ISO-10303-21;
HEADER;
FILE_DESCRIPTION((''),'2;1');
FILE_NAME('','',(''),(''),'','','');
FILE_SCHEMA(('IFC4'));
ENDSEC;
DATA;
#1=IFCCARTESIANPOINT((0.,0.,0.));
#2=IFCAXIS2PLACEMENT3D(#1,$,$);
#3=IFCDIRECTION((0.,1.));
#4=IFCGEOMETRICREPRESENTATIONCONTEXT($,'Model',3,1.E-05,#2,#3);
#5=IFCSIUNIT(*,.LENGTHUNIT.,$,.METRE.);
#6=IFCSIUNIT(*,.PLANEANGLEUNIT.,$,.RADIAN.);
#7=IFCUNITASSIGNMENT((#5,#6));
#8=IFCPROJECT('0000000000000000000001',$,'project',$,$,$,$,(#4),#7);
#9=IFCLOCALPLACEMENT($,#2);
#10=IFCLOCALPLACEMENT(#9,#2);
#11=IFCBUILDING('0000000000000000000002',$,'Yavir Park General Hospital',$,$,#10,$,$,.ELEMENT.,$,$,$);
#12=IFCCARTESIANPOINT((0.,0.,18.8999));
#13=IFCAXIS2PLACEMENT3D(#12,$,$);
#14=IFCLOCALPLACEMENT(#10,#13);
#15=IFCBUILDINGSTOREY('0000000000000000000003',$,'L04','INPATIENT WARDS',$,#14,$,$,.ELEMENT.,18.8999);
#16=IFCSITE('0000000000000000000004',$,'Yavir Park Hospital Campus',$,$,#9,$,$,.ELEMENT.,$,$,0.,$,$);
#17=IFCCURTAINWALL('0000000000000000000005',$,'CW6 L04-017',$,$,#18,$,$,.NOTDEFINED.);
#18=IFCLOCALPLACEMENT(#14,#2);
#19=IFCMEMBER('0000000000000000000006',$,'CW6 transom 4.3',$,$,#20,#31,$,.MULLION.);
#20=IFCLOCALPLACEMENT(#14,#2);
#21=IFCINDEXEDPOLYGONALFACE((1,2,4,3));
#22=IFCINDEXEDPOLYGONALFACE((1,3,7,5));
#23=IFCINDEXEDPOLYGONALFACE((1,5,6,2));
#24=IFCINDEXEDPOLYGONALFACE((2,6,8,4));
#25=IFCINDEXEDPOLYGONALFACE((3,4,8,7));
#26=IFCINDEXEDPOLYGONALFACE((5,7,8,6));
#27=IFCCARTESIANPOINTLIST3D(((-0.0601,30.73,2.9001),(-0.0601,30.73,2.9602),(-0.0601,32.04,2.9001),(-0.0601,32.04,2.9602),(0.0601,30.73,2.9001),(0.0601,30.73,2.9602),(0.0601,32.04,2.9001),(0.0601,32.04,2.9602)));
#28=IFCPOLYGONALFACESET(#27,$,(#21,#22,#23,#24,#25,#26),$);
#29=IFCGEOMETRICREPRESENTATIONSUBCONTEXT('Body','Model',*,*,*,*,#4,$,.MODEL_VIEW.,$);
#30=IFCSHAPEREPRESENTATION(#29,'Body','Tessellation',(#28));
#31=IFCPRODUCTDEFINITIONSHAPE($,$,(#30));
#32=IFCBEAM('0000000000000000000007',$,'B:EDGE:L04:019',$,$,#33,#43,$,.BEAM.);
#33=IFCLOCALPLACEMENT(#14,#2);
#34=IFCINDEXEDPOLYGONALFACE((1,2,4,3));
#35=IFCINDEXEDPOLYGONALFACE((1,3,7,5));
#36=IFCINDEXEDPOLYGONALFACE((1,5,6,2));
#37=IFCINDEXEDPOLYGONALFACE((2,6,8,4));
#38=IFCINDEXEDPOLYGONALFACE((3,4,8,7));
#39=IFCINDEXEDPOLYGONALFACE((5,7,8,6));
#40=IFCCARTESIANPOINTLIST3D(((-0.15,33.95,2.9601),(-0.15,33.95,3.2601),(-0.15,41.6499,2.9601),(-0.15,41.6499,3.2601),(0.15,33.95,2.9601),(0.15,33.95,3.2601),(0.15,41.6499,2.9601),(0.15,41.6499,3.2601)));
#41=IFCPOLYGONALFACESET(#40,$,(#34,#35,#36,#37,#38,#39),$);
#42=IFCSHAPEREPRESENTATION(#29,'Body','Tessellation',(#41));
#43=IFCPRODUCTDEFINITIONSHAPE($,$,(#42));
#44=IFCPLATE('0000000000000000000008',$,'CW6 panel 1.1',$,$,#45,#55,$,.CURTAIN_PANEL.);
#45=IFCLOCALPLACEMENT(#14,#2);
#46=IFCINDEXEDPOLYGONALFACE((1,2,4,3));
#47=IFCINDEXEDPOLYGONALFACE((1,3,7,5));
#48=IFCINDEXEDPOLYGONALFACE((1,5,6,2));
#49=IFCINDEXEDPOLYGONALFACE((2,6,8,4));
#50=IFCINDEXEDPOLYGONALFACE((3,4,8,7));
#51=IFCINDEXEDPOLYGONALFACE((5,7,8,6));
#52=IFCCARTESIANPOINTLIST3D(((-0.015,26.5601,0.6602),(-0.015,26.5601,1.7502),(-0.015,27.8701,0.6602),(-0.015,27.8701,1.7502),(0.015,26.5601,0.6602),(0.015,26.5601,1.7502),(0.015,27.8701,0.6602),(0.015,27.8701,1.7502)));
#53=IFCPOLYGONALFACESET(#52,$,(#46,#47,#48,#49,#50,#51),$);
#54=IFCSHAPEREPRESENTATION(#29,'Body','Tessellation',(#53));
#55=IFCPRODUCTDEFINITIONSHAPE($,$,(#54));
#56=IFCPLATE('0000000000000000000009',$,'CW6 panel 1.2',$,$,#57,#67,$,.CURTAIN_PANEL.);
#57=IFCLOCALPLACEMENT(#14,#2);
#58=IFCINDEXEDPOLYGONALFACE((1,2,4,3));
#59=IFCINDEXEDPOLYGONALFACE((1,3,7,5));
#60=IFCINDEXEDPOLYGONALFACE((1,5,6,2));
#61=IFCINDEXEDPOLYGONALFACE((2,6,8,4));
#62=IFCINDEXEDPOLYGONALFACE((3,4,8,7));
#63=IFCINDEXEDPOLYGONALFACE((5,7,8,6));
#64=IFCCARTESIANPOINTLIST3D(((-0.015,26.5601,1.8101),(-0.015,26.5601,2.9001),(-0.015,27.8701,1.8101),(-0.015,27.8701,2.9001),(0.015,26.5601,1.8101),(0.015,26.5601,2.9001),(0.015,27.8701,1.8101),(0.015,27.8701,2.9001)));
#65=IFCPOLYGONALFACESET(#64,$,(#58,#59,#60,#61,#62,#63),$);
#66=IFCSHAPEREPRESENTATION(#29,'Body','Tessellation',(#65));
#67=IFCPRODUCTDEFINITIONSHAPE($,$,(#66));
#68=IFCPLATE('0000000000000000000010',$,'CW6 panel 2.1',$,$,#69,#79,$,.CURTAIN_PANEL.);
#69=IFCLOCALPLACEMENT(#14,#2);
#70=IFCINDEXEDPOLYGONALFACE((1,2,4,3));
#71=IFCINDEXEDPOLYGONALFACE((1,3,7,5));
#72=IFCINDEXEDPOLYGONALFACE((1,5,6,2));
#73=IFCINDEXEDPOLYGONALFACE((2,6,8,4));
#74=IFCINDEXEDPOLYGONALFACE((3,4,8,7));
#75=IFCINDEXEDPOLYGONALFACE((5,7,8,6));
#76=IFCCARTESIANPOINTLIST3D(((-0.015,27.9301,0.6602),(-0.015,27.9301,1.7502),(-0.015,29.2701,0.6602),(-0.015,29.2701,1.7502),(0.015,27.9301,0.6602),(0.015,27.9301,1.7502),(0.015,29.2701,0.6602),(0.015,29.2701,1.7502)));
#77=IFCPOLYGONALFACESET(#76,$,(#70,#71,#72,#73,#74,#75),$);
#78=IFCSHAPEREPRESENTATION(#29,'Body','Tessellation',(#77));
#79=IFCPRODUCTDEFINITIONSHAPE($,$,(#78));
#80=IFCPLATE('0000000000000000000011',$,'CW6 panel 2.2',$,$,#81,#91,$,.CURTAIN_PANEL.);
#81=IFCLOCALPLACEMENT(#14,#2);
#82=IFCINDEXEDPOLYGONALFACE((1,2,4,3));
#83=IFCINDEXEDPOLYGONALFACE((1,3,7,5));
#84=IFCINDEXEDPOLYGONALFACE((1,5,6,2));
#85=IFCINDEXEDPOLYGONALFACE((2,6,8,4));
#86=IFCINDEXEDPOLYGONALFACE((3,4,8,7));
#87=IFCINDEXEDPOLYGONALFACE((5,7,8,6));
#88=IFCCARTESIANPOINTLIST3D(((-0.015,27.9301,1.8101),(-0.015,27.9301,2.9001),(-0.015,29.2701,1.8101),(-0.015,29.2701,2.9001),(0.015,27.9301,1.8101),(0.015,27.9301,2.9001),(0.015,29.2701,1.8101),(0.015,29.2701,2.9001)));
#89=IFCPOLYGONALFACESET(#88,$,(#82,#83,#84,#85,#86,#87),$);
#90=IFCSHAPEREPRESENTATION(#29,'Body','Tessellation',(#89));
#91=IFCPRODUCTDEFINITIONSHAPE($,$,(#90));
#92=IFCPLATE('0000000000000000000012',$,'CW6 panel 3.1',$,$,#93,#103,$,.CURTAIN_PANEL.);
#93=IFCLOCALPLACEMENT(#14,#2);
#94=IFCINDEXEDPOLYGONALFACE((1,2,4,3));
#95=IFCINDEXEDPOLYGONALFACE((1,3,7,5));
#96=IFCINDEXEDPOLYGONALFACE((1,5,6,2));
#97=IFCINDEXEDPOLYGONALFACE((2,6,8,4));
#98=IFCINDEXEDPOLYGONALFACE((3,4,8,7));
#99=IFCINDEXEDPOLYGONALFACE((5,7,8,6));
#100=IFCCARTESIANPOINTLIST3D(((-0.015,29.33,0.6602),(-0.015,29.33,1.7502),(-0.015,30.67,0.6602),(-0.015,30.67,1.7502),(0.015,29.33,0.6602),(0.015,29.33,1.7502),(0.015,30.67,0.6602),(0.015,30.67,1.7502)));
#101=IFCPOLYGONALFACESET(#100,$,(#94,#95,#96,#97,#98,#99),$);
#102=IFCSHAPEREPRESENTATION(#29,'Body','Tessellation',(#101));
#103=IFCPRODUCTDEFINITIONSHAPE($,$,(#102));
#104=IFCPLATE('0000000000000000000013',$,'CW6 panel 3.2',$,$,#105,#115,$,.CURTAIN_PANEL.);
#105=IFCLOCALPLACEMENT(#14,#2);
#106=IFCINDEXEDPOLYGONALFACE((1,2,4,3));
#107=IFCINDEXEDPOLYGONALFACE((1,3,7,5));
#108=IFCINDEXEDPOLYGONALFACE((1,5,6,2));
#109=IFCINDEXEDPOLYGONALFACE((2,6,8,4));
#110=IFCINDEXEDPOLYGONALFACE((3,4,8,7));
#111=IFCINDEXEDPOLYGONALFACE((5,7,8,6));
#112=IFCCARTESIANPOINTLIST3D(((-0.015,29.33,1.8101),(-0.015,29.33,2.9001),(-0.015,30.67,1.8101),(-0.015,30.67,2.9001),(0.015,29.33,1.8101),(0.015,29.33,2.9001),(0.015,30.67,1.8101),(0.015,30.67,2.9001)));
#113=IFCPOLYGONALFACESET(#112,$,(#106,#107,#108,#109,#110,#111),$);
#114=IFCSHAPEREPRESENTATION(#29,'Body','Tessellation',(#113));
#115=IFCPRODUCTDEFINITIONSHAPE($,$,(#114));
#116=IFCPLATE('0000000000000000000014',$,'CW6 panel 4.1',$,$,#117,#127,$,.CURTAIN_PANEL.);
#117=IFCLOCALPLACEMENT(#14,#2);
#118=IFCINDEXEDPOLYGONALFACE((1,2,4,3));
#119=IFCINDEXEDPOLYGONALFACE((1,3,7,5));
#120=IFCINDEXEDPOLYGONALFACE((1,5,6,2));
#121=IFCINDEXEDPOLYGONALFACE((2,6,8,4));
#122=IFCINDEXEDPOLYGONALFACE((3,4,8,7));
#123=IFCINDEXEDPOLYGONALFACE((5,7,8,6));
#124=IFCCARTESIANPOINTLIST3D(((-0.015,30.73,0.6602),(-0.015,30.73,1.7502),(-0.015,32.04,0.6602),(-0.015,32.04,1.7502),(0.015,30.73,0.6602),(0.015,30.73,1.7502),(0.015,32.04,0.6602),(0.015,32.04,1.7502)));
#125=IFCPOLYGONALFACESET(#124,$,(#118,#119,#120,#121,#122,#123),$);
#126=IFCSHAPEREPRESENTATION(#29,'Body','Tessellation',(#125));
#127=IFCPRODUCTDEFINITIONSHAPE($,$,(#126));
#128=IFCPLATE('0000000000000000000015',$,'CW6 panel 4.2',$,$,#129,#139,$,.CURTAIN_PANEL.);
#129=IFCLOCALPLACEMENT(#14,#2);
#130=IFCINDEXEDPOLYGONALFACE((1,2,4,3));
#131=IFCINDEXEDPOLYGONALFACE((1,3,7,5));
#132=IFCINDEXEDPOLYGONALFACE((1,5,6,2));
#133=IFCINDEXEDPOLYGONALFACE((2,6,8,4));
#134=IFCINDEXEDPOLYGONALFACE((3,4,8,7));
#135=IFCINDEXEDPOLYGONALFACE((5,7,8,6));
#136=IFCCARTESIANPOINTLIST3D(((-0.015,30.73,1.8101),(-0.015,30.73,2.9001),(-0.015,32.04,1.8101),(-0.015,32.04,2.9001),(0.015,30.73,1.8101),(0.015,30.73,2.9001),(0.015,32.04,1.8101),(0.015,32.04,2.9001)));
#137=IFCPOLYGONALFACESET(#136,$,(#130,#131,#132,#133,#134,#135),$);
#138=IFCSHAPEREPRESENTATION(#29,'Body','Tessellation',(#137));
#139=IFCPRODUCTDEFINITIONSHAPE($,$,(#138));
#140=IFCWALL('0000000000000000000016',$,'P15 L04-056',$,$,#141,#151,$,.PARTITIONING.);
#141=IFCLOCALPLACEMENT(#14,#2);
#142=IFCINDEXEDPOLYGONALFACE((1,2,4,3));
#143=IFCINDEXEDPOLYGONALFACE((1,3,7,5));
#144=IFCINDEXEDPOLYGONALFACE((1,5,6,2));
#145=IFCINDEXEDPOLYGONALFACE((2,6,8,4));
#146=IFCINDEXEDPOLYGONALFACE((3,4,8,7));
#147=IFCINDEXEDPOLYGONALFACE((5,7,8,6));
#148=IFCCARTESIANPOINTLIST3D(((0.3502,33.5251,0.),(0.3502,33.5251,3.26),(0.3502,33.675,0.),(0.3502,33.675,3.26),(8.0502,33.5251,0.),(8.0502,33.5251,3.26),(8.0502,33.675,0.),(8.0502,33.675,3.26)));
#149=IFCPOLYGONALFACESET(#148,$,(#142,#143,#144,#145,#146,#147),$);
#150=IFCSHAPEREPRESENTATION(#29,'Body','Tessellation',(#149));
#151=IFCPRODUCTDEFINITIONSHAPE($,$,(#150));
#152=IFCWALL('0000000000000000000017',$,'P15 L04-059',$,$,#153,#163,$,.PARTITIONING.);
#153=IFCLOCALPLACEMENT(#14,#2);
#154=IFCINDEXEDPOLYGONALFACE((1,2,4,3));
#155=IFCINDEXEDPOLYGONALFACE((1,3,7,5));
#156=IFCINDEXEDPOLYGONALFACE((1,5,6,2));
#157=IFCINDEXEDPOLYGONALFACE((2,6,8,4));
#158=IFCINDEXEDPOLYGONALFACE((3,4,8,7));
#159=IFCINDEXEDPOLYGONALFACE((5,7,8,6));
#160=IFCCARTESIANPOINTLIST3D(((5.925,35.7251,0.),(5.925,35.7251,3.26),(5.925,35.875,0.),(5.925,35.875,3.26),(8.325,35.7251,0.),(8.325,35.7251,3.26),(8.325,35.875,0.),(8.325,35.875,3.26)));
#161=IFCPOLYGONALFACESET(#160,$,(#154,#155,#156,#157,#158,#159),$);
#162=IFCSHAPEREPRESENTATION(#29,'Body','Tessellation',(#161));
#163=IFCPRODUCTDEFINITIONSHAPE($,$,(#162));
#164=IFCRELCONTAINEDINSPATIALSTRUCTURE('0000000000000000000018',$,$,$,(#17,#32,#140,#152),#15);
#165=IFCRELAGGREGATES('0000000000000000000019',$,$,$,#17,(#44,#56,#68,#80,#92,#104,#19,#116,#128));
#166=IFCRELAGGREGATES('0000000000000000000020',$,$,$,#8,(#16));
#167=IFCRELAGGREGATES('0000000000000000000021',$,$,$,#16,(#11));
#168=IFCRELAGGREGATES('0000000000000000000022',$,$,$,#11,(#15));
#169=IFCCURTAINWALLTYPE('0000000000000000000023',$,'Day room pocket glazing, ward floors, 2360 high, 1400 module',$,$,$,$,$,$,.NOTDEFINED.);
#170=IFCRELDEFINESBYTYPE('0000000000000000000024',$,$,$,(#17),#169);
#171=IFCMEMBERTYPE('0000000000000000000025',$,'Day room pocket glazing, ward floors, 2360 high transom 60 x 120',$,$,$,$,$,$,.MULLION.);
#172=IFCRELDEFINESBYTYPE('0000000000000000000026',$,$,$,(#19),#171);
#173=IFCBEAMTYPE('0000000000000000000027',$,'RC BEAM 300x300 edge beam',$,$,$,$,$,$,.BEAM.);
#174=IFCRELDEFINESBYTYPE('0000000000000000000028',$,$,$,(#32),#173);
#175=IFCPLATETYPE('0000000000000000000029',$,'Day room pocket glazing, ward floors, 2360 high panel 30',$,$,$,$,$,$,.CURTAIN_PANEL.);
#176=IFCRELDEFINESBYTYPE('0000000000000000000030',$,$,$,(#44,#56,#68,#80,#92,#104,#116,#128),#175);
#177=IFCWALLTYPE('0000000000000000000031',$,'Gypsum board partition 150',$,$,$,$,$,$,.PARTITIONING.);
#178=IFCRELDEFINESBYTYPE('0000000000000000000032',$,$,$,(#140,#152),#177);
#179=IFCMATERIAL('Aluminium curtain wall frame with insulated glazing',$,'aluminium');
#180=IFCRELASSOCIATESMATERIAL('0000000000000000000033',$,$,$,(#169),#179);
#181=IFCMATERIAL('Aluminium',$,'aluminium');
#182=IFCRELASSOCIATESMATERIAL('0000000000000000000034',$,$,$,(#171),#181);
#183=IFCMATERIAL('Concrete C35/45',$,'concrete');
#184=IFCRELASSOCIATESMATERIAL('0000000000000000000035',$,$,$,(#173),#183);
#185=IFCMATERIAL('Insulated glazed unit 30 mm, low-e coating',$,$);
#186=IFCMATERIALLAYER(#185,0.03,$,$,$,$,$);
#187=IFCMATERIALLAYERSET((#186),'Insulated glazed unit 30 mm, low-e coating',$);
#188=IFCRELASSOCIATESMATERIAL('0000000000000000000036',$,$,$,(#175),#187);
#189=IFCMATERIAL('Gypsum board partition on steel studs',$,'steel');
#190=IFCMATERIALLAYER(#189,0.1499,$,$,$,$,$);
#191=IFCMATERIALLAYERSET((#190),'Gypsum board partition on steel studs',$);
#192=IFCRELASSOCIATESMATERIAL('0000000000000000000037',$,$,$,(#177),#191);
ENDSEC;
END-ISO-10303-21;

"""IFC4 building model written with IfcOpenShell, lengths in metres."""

from ifc_helpers import new_model, si_unit, direction, frame, frame_2d, origin, origin_2d, place, context, subcontext, project, spatial, rectangle, extrude, material, layer, layer_set, material_profile, profile_set, type_object, element, aggregate, save


model = new_model("IFC4")

# Units and contexts
model_context = context("Model", 3, precision=1e-05, world=origin(), true_north=direction((0.0, 1.0)))
body_context = subcontext(model_context, "Body", "Model", "MODEL_VIEW")
ifc_project = project(units=[si_unit("LENGTHUNIT", "METRE"), si_unit("PLANEANGLEUNIT", "RADIAN")], contexts=[model_context])

# Site, building, storey
site_placement = place(None, origin())
site = spatial("IfcSite", under=ifc_project, at=site_placement, Name="Yavir Park Hospital Campus", CompositionType="ELEMENT", RefElevation=0.0)
building_placement = place(site_placement, origin())
building = spatial("IfcBuilding", under=site, at=building_placement, Name="Yavir Park General Hospital", CompositionType="ELEMENT")
storey_placement = place(building_placement, frame((0.0, 0.0, 18.8999)))
storey = spatial("IfcBuildingStorey", under=building, at=storey_placement, Name="L04", Description="INPATIENT WARDS", CompositionType="ELEMENT", Elevation=18.8999)

# Curtain wall, member
ifc_material_1 = material(Name="Aluminium curtain wall frame with insulated glazing", Category="aluminium")
curtain_wall_type = type_object("IfcCurtainWallType", Name="Day room pocket glazing, ward floors, 2360 high, 1400 module", PredefinedType="NOTDEFINED", material=ifc_material_1)
curtain_wall_placement = place(storey_placement, origin())
curtain_wall = element("IfcCurtainWall", 1, at=curtain_wall_placement, inside=storey, type_object=curtain_wall_type, Name="CW6 L04-017", PredefinedType="NOTDEFINED")
ifc_material_2 = material(Name="Aluminium", Category="aluminium")
ifc_material_profile_1 = material_profile(ifc_material_2, rectangle(XDim=0.1201, YDim=0.0601, at=origin_2d()), Name="AL 120x60")
ifc_profile_set_1 = profile_set([ifc_material_profile_1], Name="Aluminium")
member_type_1 = type_object("IfcMemberType", Name="Day room pocket glazing, ward floors, 2360 high transom 60 x 120", PredefinedType="MULLION", material=ifc_profile_set_1)
member_1_placement = place(storey_placement, frame((0.0, 30.73, 2.9302), z_axis=(0.0, 1.0, 0.0), x_axis=(-1.0, 0.0, 0.0)))
member_1 = element("IfcMember", 2, at=member_1_placement, type_object=member_type_1, Name="CW6 transom 4.3", PredefinedType="MULLION", context=body_context, shape_type="SweptSolid", body=[
    extrude(rectangle(XDim=0.1201, YDim=0.0601, at=origin_2d()), origin(), (0.0, 0.0, 1.0), 1.3101),
])

# Beam
ifc_material_3 = material(Name="Concrete C35/45", Category="concrete")
ifc_material_profile_2 = material_profile(ifc_material_3, rectangle(XDim=0.3, YDim=0.3, at=origin_2d()), Name="RC300x300")
ifc_profile_set_2 = profile_set([ifc_material_profile_2], Name="Concrete C35/45")
beam_type = type_object("IfcBeamType", Name="RC BEAM 300x300 edge beam", PredefinedType="BEAM", material=ifc_profile_set_2)
beam_placement = place(storey_placement, frame((0.0, 33.95, 3.1101), z_axis=(0.0, 1.0, 0.0), x_axis=(-1.0, 0.0, 0.0)))
element("IfcBeam", 3, at=beam_placement, inside=storey, type_object=beam_type, Name="B:EDGE:L04:019", PredefinedType="BEAM", context=body_context, shape_type="SweptSolid", body=[
    extrude(rectangle(XDim=0.3, YDim=0.3, at=origin_2d()), origin(), (0.0, 0.0, 1.0), 7.7),
])

# Plates
ifc_material_4 = material(Name="Insulated glazed unit 30 mm, low-e coating")
ifc_layer_1 = layer(ifc_material_4, 0.03)
ifc_layer_set_1 = layer_set([ifc_layer_1], Name="Insulated glazed unit 30 mm, low-e coating")
plate_type = type_object("IfcPlateType", Name="Day room pocket glazing, ward floors, 2360 high panel 30", PredefinedType="CURTAIN_PANEL", material=ifc_layer_set_1)
plate_1_placement = place(storey_placement, frame((0.0, 27.2151, 0.6602), z_axis=(0.0, 0.0, 1.0), x_axis=(0.0, 1.0, 0.0)))
plate_1 = element("IfcPlate", 4, at=plate_1_placement, type_object=plate_type, Name="CW6 panel 1.1", PredefinedType="CURTAIN_PANEL", context=body_context, shape_type="SweptSolid", body=[
    extrude(rectangle(XDim=1.3101, YDim=0.03, at=origin_2d()), origin(), (0.0, 0.0, 1.0), 1.0901),
])
plate_2_placement = place(storey_placement, frame((0.0, 27.2151, 1.8101), z_axis=(0.0, 0.0, 1.0), x_axis=(0.0, 1.0, 0.0)))
plate_2 = element("IfcPlate", 5, at=plate_2_placement, type_object=plate_type, Name="CW6 panel 1.2", PredefinedType="CURTAIN_PANEL", context=body_context, shape_type="SweptSolid", body=[
    extrude(rectangle(XDim=1.3101, YDim=0.03, at=origin_2d()), origin(), (0.0, 0.0, 1.0), 1.0901),
])
plate_3_placement = place(storey_placement, frame((0.0, 28.6001, 0.6602), z_axis=(0.0, 0.0, 1.0), x_axis=(0.0, 1.0, 0.0)))
plate_3 = element("IfcPlate", 6, at=plate_3_placement, type_object=plate_type, Name="CW6 panel 2.1", PredefinedType="CURTAIN_PANEL", context=body_context, shape_type="SweptSolid", body=[
    extrude(rectangle(XDim=1.3401, YDim=0.03, at=origin_2d()), origin(), (0.0, 0.0, 1.0), 1.0901),
])
plate_4_placement = place(storey_placement, frame((0.0, 28.6001, 1.8101), z_axis=(0.0, 0.0, 1.0), x_axis=(0.0, 1.0, 0.0)))
plate_4 = element("IfcPlate", 7, at=plate_4_placement, type_object=plate_type, Name="CW6 panel 2.2", PredefinedType="CURTAIN_PANEL", context=body_context, shape_type="SweptSolid", body=[
    extrude(rectangle(XDim=1.3401, YDim=0.03, at=origin_2d()), origin(), (0.0, 0.0, 1.0), 1.0901),
])
plate_5_placement = place(storey_placement, frame((0.0, 30.0, 0.6602), z_axis=(0.0, 0.0, 1.0), x_axis=(0.0, 1.0, 0.0)))
plate_5 = element("IfcPlate", 8, at=plate_5_placement, type_object=plate_type, Name="CW6 panel 3.1", PredefinedType="CURTAIN_PANEL", context=body_context, shape_type="SweptSolid", body=[
    extrude(rectangle(XDim=1.3401, YDim=0.03, at=origin_2d()), origin(), (0.0, 0.0, 1.0), 1.0901),
])
plate_6_placement = place(storey_placement, frame((0.0, 30.0, 1.8101), z_axis=(0.0, 0.0, 1.0), x_axis=(0.0, 1.0, 0.0)))
plate_6 = element("IfcPlate", 9, at=plate_6_placement, type_object=plate_type, Name="CW6 panel 3.2", PredefinedType="CURTAIN_PANEL", context=body_context, shape_type="SweptSolid", body=[
    extrude(rectangle(XDim=1.3401, YDim=0.03, at=origin_2d()), origin(), (0.0, 0.0, 1.0), 1.0901),
])
plate_7_placement = place(storey_placement, frame((0.0, 31.385, 0.6602), z_axis=(0.0, 0.0, 1.0), x_axis=(0.0, 1.0, 0.0)))
plate_7 = element("IfcPlate", 10, at=plate_7_placement, type_object=plate_type, Name="CW6 panel 4.1", PredefinedType="CURTAIN_PANEL", context=body_context, shape_type="SweptSolid", body=[
    extrude(rectangle(XDim=1.3101, YDim=0.03, at=origin_2d()), origin(), (0.0, 0.0, 1.0), 1.0901),
])
plate_8_placement = place(storey_placement, frame((0.0, 31.385, 1.8101), z_axis=(0.0, 0.0, 1.0), x_axis=(0.0, 1.0, 0.0)))
plate_8 = element("IfcPlate", 11, at=plate_8_placement, type_object=plate_type, Name="CW6 panel 4.2", PredefinedType="CURTAIN_PANEL", context=body_context, shape_type="SweptSolid", body=[
    extrude(rectangle(XDim=1.3101, YDim=0.03, at=origin_2d()), origin(), (0.0, 0.0, 1.0), 1.0901),
])
aggregate(curtain_wall, [plate_1, plate_2, plate_3, plate_4, plate_5, plate_6, member_1, plate_7, plate_8])

# Walls
ifc_material_5 = material(Name="Gypsum board partition on steel studs", Category="steel")
ifc_layer_2 = layer(ifc_material_5, 0.1499)
ifc_layer_set_2 = layer_set([ifc_layer_2], Name="Gypsum board partition on steel studs")
wall_type_1 = type_object("IfcWallType", Name="Gypsum board partition 150", PredefinedType="PARTITIONING", material=ifc_layer_set_2)
wall_1_placement = place(storey_placement, frame((0.3501, 33.6001, 0.0), z_axis=(0.0, 0.0, 1.0), x_axis=(1.0, 0.0, 0.0)))
element("IfcWall", 12, at=wall_1_placement, inside=storey, type_object=wall_type_1, Name="P15 L04-056", PredefinedType="PARTITIONING", context=body_context, shape_type="SweptSolid", body=[
    extrude(rectangle(XDim=7.7, YDim=0.1499, at=frame_2d((3.8501, 0.0))), origin(), (0.0, 0.0, 1.0), 3.26),
])
wall_2_placement = place(storey_placement, frame((5.925, 35.8, 0.0), z_axis=(0.0, 0.0, 1.0), x_axis=(1.0, 0.0, 0.0)))
element("IfcWall", 13, at=wall_2_placement, inside=storey, type_object=wall_type_1, Name="P15 L04-059", PredefinedType="PARTITIONING", context=body_context, shape_type="SweptSolid", body=[
    extrude(rectangle(XDim=2.3999, YDim=0.1499, at=frame_2d((1.2, 0.0))), origin(), (0.0, 0.0, 1.0), 3.26),
])

save(model, "model.ifc")
